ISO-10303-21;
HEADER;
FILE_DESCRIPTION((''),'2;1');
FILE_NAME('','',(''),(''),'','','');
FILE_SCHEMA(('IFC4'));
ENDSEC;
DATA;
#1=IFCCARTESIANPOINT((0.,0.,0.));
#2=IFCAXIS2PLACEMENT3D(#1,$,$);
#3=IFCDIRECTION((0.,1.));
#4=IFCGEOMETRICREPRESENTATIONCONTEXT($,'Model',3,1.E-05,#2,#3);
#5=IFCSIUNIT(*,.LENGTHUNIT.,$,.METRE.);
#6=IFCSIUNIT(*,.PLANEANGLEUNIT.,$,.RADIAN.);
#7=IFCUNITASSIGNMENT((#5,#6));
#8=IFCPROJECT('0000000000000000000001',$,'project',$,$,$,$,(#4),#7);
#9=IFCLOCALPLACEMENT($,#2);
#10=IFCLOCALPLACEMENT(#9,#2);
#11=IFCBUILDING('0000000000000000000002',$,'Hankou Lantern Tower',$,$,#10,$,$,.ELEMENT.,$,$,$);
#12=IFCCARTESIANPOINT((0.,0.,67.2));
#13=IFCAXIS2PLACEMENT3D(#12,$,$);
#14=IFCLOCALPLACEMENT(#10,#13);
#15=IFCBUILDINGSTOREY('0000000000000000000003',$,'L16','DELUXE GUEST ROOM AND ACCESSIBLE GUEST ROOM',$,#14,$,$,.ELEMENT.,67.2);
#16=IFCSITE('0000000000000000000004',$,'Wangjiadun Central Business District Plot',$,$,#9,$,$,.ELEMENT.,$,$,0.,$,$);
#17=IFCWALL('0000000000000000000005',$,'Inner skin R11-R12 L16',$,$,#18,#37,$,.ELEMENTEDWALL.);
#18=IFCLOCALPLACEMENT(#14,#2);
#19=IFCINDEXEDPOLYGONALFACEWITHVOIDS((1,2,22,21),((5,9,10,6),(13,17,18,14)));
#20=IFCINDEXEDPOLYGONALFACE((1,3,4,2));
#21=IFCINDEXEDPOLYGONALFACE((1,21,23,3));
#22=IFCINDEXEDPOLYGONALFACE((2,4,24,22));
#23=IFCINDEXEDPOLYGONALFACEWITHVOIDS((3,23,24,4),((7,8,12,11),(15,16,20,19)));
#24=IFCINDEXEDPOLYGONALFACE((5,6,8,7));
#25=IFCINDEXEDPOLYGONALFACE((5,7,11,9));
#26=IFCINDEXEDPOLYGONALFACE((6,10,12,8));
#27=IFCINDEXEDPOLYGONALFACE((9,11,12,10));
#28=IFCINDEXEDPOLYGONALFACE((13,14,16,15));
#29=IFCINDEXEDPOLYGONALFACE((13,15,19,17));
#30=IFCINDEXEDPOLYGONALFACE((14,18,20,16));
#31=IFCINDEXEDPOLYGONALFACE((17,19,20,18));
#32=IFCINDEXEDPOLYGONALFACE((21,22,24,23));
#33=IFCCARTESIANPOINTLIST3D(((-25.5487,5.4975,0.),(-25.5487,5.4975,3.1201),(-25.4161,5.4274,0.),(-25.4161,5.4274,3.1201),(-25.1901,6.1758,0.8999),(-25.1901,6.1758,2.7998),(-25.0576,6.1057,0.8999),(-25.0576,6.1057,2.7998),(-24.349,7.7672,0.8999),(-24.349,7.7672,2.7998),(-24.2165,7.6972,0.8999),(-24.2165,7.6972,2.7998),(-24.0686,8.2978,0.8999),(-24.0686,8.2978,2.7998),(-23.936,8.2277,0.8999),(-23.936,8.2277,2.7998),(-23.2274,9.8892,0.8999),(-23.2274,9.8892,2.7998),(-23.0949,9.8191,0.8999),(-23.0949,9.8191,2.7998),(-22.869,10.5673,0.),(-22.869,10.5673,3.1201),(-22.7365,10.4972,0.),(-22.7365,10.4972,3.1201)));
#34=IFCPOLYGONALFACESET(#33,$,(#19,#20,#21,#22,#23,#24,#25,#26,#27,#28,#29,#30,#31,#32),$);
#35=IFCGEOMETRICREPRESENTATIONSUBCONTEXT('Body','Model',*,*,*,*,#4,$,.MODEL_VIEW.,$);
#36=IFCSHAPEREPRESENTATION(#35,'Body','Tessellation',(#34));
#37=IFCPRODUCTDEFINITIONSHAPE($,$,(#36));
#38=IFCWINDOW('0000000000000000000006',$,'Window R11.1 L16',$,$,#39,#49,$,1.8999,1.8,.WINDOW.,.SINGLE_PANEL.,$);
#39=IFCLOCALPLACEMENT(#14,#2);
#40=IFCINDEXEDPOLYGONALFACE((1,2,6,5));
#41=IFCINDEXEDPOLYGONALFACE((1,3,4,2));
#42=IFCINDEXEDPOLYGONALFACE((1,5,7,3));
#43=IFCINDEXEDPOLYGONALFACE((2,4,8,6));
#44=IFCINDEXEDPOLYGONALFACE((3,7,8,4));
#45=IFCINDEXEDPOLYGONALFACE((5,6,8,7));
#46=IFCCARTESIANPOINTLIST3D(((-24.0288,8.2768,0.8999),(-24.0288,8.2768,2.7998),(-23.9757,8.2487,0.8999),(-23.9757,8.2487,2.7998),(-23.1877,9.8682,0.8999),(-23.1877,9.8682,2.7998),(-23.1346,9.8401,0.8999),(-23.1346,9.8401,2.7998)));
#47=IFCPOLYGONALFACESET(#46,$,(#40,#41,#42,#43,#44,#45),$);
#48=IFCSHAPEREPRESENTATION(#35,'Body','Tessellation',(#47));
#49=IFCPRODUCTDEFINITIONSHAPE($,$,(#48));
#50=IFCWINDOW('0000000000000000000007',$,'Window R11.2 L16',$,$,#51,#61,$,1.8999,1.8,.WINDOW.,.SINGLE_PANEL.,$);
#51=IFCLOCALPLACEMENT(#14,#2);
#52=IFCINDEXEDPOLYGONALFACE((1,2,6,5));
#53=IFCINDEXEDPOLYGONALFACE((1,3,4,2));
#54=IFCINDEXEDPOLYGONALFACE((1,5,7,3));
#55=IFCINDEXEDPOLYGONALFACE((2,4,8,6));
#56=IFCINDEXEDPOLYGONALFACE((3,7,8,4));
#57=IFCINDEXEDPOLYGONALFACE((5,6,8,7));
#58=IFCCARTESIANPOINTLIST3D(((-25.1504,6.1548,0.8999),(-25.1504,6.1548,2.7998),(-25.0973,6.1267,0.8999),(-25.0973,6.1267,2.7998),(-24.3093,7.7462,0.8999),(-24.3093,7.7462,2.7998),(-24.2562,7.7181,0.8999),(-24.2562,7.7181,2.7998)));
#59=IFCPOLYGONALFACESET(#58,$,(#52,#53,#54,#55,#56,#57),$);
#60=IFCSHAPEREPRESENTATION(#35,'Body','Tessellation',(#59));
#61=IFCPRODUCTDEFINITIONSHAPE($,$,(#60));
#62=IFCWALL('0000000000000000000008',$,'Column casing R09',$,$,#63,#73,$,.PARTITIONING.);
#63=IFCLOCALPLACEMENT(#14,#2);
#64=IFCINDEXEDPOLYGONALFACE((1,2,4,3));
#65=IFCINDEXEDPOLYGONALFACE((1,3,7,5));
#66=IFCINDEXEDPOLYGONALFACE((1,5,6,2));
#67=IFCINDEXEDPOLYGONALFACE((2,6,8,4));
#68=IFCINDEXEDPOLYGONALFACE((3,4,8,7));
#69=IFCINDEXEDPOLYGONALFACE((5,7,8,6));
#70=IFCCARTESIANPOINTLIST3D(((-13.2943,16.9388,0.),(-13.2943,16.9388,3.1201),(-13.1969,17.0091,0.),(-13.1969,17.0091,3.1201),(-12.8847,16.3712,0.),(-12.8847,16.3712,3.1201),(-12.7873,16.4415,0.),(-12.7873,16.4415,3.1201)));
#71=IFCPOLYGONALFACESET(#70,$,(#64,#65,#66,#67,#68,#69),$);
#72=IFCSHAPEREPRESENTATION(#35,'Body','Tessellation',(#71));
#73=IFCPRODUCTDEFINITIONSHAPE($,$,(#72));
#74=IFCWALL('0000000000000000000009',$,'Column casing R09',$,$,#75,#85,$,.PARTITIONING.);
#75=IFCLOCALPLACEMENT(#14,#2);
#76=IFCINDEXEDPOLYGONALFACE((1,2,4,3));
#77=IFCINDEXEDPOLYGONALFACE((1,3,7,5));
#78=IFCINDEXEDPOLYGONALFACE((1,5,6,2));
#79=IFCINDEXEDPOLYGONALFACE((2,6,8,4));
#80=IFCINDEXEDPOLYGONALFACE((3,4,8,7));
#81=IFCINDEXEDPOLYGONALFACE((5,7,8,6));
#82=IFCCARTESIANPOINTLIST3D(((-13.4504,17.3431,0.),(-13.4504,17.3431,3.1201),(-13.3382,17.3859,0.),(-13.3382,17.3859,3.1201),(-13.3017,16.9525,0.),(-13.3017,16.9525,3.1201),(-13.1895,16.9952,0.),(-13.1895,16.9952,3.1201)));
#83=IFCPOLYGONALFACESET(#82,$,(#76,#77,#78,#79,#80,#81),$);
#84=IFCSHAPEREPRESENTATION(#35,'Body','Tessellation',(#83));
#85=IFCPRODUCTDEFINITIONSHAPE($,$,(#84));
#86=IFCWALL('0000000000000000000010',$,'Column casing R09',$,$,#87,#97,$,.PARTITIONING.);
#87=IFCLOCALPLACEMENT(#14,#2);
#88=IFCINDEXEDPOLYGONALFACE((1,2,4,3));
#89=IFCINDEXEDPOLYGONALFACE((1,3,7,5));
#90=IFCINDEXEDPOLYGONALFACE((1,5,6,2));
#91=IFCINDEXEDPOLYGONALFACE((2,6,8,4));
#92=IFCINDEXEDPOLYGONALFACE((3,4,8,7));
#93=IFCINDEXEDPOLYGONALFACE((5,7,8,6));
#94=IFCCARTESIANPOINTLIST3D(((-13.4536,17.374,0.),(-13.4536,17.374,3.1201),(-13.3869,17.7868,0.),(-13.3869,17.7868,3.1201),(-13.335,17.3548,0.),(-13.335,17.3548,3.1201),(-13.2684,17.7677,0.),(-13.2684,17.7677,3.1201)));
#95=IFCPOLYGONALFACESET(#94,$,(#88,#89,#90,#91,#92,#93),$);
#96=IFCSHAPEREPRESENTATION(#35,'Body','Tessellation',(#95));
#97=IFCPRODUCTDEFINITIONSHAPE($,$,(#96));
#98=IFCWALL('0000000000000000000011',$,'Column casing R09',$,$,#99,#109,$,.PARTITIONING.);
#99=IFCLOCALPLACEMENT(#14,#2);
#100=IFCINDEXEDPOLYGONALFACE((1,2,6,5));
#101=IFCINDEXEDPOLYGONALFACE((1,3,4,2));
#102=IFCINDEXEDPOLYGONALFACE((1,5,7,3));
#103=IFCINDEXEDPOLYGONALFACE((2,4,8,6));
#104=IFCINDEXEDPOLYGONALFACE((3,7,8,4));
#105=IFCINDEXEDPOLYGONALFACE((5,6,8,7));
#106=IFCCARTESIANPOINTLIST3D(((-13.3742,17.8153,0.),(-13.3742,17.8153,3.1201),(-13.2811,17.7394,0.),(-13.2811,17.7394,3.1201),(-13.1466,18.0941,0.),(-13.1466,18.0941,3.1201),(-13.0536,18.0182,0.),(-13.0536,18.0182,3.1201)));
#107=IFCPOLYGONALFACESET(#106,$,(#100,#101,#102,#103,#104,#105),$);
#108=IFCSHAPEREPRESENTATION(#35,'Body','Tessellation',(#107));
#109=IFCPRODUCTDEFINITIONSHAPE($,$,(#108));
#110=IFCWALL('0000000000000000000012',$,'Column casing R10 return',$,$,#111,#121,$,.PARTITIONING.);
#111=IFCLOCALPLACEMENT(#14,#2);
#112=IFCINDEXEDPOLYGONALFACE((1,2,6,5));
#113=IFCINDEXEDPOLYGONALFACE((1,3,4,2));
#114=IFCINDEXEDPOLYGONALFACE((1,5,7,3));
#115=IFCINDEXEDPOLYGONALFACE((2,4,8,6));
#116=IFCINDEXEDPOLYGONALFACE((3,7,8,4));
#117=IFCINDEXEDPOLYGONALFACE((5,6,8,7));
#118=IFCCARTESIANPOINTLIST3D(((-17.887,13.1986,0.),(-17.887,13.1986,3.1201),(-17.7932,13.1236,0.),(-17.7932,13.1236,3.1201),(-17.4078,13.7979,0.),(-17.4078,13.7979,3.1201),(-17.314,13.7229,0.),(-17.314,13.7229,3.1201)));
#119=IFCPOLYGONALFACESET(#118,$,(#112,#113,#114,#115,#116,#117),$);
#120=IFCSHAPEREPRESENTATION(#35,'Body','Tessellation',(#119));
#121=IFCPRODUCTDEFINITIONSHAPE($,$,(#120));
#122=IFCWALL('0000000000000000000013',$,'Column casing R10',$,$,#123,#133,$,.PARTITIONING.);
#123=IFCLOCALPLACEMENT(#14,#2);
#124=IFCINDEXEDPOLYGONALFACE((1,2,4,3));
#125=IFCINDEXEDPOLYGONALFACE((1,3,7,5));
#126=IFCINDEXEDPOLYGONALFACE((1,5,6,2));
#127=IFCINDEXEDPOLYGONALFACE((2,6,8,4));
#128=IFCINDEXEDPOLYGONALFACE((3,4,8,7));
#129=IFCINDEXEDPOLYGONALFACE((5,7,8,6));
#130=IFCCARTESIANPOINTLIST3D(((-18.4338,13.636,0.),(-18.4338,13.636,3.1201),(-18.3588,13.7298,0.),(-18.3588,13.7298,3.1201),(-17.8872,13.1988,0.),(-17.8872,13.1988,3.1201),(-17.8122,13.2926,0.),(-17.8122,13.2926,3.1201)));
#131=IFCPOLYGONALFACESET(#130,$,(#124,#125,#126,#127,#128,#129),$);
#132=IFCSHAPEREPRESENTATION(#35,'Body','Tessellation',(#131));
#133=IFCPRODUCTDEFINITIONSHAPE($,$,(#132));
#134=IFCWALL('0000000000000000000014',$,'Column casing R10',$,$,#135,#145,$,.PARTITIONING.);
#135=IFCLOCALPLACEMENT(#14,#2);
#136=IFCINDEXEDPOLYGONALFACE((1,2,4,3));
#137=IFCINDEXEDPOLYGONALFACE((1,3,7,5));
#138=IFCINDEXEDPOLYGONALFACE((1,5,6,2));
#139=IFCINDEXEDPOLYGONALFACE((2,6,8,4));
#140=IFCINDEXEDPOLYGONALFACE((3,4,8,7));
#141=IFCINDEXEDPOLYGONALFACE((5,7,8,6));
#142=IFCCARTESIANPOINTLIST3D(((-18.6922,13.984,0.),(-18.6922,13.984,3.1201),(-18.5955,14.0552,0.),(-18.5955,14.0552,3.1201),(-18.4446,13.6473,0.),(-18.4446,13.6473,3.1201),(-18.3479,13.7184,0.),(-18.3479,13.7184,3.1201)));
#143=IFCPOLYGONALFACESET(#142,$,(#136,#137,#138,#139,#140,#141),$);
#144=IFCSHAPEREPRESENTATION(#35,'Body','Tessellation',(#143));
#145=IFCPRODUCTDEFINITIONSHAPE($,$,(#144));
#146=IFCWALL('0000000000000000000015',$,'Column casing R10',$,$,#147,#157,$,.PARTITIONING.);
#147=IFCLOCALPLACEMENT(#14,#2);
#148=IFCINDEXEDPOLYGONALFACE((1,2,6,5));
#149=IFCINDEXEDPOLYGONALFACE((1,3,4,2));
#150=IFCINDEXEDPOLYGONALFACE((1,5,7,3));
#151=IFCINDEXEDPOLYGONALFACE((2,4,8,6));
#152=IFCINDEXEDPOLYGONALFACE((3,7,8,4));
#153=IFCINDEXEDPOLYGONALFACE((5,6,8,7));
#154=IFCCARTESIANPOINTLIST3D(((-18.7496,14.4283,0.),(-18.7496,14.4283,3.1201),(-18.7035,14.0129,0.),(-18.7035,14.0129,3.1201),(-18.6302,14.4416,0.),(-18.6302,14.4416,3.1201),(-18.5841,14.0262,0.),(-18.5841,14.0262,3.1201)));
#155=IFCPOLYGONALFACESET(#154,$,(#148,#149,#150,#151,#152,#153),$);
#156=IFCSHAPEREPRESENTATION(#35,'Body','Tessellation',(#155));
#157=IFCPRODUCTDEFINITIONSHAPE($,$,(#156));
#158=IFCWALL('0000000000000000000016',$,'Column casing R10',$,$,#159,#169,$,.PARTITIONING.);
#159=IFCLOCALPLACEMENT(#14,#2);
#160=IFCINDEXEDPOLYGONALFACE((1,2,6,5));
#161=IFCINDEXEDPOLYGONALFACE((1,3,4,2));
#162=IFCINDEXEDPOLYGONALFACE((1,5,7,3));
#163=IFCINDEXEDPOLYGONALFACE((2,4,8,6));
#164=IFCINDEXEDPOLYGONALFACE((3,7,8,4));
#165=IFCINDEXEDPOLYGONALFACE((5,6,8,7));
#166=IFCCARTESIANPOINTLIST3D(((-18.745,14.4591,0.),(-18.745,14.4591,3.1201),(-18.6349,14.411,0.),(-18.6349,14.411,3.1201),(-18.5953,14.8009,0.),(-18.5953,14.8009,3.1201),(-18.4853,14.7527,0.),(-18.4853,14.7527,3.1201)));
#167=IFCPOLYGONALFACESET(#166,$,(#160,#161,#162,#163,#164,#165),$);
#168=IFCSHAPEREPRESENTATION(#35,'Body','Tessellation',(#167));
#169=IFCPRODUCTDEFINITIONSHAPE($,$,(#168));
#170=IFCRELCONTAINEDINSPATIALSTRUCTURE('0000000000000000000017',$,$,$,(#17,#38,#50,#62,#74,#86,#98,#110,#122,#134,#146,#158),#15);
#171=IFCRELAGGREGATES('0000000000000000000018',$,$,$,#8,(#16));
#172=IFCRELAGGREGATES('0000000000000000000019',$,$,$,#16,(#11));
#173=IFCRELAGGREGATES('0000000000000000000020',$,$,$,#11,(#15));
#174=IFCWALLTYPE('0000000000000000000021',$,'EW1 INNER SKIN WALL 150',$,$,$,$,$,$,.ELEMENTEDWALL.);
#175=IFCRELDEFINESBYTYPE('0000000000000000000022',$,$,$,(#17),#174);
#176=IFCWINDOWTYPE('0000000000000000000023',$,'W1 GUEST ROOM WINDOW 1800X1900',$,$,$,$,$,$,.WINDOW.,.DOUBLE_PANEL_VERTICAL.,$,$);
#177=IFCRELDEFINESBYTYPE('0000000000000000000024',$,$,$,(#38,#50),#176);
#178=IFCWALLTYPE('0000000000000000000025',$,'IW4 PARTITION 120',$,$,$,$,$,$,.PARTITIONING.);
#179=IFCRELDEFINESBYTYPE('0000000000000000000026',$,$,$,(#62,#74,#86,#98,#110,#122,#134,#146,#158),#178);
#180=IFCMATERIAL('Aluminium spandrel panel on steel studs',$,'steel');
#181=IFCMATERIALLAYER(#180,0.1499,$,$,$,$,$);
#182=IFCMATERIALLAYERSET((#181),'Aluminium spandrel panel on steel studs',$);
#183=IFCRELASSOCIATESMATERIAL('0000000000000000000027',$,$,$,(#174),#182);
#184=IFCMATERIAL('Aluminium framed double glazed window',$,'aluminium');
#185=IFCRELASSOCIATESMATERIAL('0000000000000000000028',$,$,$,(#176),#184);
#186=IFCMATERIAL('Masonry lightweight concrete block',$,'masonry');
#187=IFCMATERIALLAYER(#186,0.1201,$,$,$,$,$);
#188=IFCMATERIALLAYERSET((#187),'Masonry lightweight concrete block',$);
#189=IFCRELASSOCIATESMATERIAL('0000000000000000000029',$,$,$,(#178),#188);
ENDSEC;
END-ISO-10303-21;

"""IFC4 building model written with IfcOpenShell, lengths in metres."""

from ifc_helpers import new_model, si_unit, direction, frame, frame_2d, origin, place, context, subcontext, project, spatial, rectangle, extrude, material, layer, layer_set, type_object, element, fill, save


model = new_model("IFC4")

# Units and contexts
model_context = context("Model", 3, precision=1e-05, world=origin(), true_north=direction((0.0, 1.0)))
body_context = subcontext(model_context, "Body", "Model", "MODEL_VIEW")
ifc_project = project(units=[si_unit("LENGTHUNIT", "METRE"), si_unit("PLANEANGLEUNIT", "RADIAN")], contexts=[model_context])

# Site, building, storey
site_placement = place(None, origin())
site = spatial("IfcSite", under=ifc_project, at=site_placement, Name="Wangjiadun Central Business District Plot", CompositionType="ELEMENT", RefElevation=0.0)
building_placement = place(site_placement, origin())
building = spatial("IfcBuilding", under=site, at=building_placement, Name="Hankou Lantern Tower", CompositionType="ELEMENT")
storey_placement = place(building_placement, frame((0.0, 0.0, 67.2)))
storey = spatial("IfcBuildingStorey", under=building, at=storey_placement, Name="L16", Description="DELUXE GUEST ROOM AND ACCESSIBLE GUEST ROOM", CompositionType="ELEMENT", Elevation=67.2)

# Wall, openings, windows
ifc_material_1 = material(Name="Aluminium spandrel panel on steel studs", Category="steel")
ifc_layer_1 = layer(ifc_material_1, 0.1499)
ifc_layer_set_1 = layer_set([ifc_layer_1], Name="Aluminium spandrel panel on steel studs")
wall_type_1 = type_object("IfcWallType", Name="EW1 INNER SKIN WALL 150", PredefinedType="ELEMENTEDWALL", material=ifc_layer_set_1)
ifc_material_2 = material(Name="Aluminium framed double glazed window", Category="aluminium")
window_type = type_object("IfcWindowType", Name="W1 GUEST ROOM WINDOW 1800X1900", PartitioningType="DOUBLE_PANEL_VERTICAL", PredefinedType="WINDOW", material=ifc_material_2)
wall_1_placement = place(storey_placement, frame((-22.8027, 10.5322, 0.0), z_axis=(0.0, 0.0, 1.0), x_axis=(-0.467297, -0.8841, 0.0)))
wall_1 = element("IfcWall", 1, at=wall_1_placement, inside=storey, type_object=wall_type_1, Name="Inner skin R11-R12 L16", PredefinedType="ELEMENTEDWALL", context=body_context, shape_type="SweptSolid", body=[
    extrude(rectangle(XDim=5.7344, YDim=0.1499, at=frame_2d((2.8672, 0.0))), origin(), (0.0, 0.0, 1.0), 3.1201),
])
opening_1_placement = place(wall_1_placement, frame((0.7671, 0.0, 0.8999)))
opening_1 = element("IfcOpeningElement", 2, at=opening_1_placement, cuts=wall_1, PredefinedType="OPENING", context=body_context, shape_type="SweptSolid", body=[
    extrude(rectangle(XDim=1.8, YDim=1.8999, at=frame_2d((0.8999, 0.95))), frame((0.0, 0.085, 0.0), z_axis=(0.0, -1.0, 0.0), x_axis=(1.0, 0.0, 0.0)), (0.0, 0.0, 1.0), 0.1699),
])
opening_2_placement = place(wall_1_placement, frame((3.1672, 0.0, 0.8999)))
opening_2 = element("IfcOpeningElement", 3, at=opening_2_placement, cuts=wall_1, PredefinedType="OPENING", context=body_context, shape_type="SweptSolid", body=[
    extrude(rectangle(XDim=1.8, YDim=1.8999, at=frame_2d((0.8999, 0.95))), frame((0.0, 0.085, 0.0), z_axis=(0.0, -1.0, 0.0), x_axis=(1.0, 0.0, 0.0)), (0.0, 0.0, 1.0), 0.1699),
])
window_1_placement = place(opening_1_placement, origin())
window_1 = element("IfcWindow", 4, at=window_1_placement, inside=storey, type_object=window_type, Name="Window R11.1 L16", OverallHeight=1.8999, OverallWidth=1.8, PartitioningType="SINGLE_PANEL", PredefinedType="WINDOW", context=body_context, shape_type="SweptSolid", body=[
    extrude(rectangle(XDim=1.8, YDim=1.8999, at=frame_2d((0.8999, 0.95))), frame((0.0, 0.03, 0.0), z_axis=(0.0, -1.0, 0.0), x_axis=(1.0, 0.0, 0.0)), (0.0, 0.0, 1.0), 0.0601),
])
fill(opening_1, window_1)
window_2_placement = place(opening_2_placement, origin())
window_2 = element("IfcWindow", 5, at=window_2_placement, inside=storey, type_object=window_type, Name="Window R11.2 L16", OverallHeight=1.8999, OverallWidth=1.8, PartitioningType="SINGLE_PANEL", PredefinedType="WINDOW", context=body_context, shape_type="SweptSolid", body=[
    extrude(rectangle(XDim=1.8, YDim=1.8999, at=frame_2d((0.8999, 0.95))), frame((0.0, 0.03, 0.0), z_axis=(0.0, -1.0, 0.0), x_axis=(1.0, 0.0, 0.0)), (0.0, 0.0, 1.0), 0.0601),
])
fill(opening_2, window_2)

# Walls
ifc_material_3 = material(Name="Masonry lightweight concrete block", Category="masonry")
ifc_layer_2 = layer(ifc_material_3, 0.1201)
ifc_layer_set_2 = layer_set([ifc_layer_2], Name="Masonry lightweight concrete block")
wall_type_2 = type_object("IfcWallType", Name="IW4 PARTITION 120", PredefinedType="PARTITIONING", material=ifc_layer_set_2)
wall_2_placement = place(storey_placement, frame((-12.8359, 16.4062, 0.0), z_axis=(0.0, 0.0, 1.0), x_axis=(-0.585223, 0.810872, 0.0)))
element("IfcWall", 6, at=wall_2_placement, inside=storey, type_object=wall_type_2, Name="Column casing R09", PredefinedType="PARTITIONING", context=body_context, shape_type="SweptSolid", body=[
    extrude(rectangle(XDim=0.7, YDim=0.1201, at=frame_2d((0.3501, 0.0))), origin(), (0.0, 0.0, 1.0), 3.1201),
])
wall_3_placement = place(storey_placement, frame((-13.2456, 16.9739, 0.0), z_axis=(0.0, 0.0, 1.0), x_axis=(-0.355728, 0.934589, 0.0)))
element("IfcWall", 7, at=wall_3_placement, inside=storey, type_object=wall_type_2, Name="Column casing R09", PredefinedType="PARTITIONING", context=body_context, shape_type="SweptSolid", body=[
    extrude(rectangle(XDim=0.418, YDim=0.1201, at=frame_2d((0.209, 0.0))), origin(), (0.0, 0.0, 1.0), 3.1201),
])
wall_4_placement = place(storey_placement, frame((-13.3943, 17.3645, 0.0), z_axis=(0.0, 0.0, 1.0), x_axis=(0.159379, 0.987217, 0.0)))
element("IfcWall", 8, at=wall_4_placement, inside=storey, type_object=wall_type_2, Name="Column casing R09", PredefinedType="PARTITIONING", context=body_context, shape_type="SweptSolid", body=[
    extrude(rectangle(XDim=0.4182, YDim=0.1201, at=frame_2d((0.209, 0.0))), origin(), (0.0, 0.0, 1.0), 3.1201),
])
wall_5_placement = place(storey_placement, frame((-13.3276, 17.7773, 0.0), z_axis=(0.0, 0.0, 1.0), x_axis=(0.632277, 0.774743, 0.0)))
element("IfcWall", 9, at=wall_5_placement, inside=storey, type_object=wall_type_2, Name="Column casing R09", PredefinedType="PARTITIONING", context=body_context, shape_type="SweptSolid", body=[
    extrude(rectangle(XDim=0.3599, YDim=0.1201, at=frame_2d((0.1799, 0.0))), origin(), (0.0, 0.0, 1.0), 3.1201),
])
wall_6_placement = place(storey_placement, frame((-17.3608, 13.7605, 0.0), z_axis=(0.0, 0.0, 1.0), x_axis=(-0.624501, -0.781024, 0.0)))
element("IfcWall", 10, at=wall_6_placement, inside=storey, type_object=wall_type_2, Name="Column casing R10 return", PredefinedType="PARTITIONING", context=body_context, shape_type="SweptSolid", body=[
    extrude(rectangle(XDim=0.7673, YDim=0.1201, at=frame_2d((0.3838, 0.0))), origin(), (0.0, 0.0, 1.0), 3.1201),
])
wall_7_placement = place(storey_placement, frame((-17.8496, 13.2456, 0.0), z_axis=(0.0, 0.0, 1.0), x_axis=(-0.780903, 0.624653, 0.0)))
element("IfcWall", 11, at=wall_7_placement, inside=storey, type_object=wall_type_2, Name="Column casing R10", PredefinedType="PARTITIONING", context=body_context, shape_type="SweptSolid", body=[
    extrude(rectangle(XDim=0.7, YDim=0.1201, at=frame_2d((0.3501, 0.0))), origin(), (0.0, 0.0, 1.0), 3.1201),
])
for number, where, z_axis, x_axis, name in (
    (12, (-18.3962, 13.6829, 0.0), (0.0, 0.0, 1.0), (-0.592402, 0.805643, 0.0), "Column casing R10"),
    (13, (-18.6438, 14.0195, 0.0), (0.0, 0.0, 1.0), (-0.110367, 0.993891, 0.0), "Column casing R10"),
):
    element("IfcWall", number, at=place(storey_placement, frame(where, z_axis=z_axis, x_axis=x_axis)), inside=storey, type_object=wall_type_2, Name=name, PredefinedType="PARTITIONING", context=body_context, shape_type="SweptSolid", body=[
        extrude(rectangle(XDim=0.418, YDim=0.1201, at=frame_2d((0.209, 0.0))), origin(), (0.0, 0.0, 1.0), 3.1201),
    ])
wall_8_placement = place(storey_placement, frame((-18.6899, 14.4351, 0.0), z_axis=(0.0, 0.0, 1.0), x_axis=(0.401093, 0.916037, 0.0)))
element("IfcWall", 14, at=wall_8_placement, inside=storey, type_object=wall_type_2, Name="Column casing R10", PredefinedType="PARTITIONING", context=body_context, shape_type="SweptSolid", body=[
    extrude(rectangle(XDim=0.373, YDim=0.1201, at=frame_2d((0.1865, 0.0))), origin(), (0.0, 0.0, 1.0), 3.1201),
])

save(model, "model.ifc")
